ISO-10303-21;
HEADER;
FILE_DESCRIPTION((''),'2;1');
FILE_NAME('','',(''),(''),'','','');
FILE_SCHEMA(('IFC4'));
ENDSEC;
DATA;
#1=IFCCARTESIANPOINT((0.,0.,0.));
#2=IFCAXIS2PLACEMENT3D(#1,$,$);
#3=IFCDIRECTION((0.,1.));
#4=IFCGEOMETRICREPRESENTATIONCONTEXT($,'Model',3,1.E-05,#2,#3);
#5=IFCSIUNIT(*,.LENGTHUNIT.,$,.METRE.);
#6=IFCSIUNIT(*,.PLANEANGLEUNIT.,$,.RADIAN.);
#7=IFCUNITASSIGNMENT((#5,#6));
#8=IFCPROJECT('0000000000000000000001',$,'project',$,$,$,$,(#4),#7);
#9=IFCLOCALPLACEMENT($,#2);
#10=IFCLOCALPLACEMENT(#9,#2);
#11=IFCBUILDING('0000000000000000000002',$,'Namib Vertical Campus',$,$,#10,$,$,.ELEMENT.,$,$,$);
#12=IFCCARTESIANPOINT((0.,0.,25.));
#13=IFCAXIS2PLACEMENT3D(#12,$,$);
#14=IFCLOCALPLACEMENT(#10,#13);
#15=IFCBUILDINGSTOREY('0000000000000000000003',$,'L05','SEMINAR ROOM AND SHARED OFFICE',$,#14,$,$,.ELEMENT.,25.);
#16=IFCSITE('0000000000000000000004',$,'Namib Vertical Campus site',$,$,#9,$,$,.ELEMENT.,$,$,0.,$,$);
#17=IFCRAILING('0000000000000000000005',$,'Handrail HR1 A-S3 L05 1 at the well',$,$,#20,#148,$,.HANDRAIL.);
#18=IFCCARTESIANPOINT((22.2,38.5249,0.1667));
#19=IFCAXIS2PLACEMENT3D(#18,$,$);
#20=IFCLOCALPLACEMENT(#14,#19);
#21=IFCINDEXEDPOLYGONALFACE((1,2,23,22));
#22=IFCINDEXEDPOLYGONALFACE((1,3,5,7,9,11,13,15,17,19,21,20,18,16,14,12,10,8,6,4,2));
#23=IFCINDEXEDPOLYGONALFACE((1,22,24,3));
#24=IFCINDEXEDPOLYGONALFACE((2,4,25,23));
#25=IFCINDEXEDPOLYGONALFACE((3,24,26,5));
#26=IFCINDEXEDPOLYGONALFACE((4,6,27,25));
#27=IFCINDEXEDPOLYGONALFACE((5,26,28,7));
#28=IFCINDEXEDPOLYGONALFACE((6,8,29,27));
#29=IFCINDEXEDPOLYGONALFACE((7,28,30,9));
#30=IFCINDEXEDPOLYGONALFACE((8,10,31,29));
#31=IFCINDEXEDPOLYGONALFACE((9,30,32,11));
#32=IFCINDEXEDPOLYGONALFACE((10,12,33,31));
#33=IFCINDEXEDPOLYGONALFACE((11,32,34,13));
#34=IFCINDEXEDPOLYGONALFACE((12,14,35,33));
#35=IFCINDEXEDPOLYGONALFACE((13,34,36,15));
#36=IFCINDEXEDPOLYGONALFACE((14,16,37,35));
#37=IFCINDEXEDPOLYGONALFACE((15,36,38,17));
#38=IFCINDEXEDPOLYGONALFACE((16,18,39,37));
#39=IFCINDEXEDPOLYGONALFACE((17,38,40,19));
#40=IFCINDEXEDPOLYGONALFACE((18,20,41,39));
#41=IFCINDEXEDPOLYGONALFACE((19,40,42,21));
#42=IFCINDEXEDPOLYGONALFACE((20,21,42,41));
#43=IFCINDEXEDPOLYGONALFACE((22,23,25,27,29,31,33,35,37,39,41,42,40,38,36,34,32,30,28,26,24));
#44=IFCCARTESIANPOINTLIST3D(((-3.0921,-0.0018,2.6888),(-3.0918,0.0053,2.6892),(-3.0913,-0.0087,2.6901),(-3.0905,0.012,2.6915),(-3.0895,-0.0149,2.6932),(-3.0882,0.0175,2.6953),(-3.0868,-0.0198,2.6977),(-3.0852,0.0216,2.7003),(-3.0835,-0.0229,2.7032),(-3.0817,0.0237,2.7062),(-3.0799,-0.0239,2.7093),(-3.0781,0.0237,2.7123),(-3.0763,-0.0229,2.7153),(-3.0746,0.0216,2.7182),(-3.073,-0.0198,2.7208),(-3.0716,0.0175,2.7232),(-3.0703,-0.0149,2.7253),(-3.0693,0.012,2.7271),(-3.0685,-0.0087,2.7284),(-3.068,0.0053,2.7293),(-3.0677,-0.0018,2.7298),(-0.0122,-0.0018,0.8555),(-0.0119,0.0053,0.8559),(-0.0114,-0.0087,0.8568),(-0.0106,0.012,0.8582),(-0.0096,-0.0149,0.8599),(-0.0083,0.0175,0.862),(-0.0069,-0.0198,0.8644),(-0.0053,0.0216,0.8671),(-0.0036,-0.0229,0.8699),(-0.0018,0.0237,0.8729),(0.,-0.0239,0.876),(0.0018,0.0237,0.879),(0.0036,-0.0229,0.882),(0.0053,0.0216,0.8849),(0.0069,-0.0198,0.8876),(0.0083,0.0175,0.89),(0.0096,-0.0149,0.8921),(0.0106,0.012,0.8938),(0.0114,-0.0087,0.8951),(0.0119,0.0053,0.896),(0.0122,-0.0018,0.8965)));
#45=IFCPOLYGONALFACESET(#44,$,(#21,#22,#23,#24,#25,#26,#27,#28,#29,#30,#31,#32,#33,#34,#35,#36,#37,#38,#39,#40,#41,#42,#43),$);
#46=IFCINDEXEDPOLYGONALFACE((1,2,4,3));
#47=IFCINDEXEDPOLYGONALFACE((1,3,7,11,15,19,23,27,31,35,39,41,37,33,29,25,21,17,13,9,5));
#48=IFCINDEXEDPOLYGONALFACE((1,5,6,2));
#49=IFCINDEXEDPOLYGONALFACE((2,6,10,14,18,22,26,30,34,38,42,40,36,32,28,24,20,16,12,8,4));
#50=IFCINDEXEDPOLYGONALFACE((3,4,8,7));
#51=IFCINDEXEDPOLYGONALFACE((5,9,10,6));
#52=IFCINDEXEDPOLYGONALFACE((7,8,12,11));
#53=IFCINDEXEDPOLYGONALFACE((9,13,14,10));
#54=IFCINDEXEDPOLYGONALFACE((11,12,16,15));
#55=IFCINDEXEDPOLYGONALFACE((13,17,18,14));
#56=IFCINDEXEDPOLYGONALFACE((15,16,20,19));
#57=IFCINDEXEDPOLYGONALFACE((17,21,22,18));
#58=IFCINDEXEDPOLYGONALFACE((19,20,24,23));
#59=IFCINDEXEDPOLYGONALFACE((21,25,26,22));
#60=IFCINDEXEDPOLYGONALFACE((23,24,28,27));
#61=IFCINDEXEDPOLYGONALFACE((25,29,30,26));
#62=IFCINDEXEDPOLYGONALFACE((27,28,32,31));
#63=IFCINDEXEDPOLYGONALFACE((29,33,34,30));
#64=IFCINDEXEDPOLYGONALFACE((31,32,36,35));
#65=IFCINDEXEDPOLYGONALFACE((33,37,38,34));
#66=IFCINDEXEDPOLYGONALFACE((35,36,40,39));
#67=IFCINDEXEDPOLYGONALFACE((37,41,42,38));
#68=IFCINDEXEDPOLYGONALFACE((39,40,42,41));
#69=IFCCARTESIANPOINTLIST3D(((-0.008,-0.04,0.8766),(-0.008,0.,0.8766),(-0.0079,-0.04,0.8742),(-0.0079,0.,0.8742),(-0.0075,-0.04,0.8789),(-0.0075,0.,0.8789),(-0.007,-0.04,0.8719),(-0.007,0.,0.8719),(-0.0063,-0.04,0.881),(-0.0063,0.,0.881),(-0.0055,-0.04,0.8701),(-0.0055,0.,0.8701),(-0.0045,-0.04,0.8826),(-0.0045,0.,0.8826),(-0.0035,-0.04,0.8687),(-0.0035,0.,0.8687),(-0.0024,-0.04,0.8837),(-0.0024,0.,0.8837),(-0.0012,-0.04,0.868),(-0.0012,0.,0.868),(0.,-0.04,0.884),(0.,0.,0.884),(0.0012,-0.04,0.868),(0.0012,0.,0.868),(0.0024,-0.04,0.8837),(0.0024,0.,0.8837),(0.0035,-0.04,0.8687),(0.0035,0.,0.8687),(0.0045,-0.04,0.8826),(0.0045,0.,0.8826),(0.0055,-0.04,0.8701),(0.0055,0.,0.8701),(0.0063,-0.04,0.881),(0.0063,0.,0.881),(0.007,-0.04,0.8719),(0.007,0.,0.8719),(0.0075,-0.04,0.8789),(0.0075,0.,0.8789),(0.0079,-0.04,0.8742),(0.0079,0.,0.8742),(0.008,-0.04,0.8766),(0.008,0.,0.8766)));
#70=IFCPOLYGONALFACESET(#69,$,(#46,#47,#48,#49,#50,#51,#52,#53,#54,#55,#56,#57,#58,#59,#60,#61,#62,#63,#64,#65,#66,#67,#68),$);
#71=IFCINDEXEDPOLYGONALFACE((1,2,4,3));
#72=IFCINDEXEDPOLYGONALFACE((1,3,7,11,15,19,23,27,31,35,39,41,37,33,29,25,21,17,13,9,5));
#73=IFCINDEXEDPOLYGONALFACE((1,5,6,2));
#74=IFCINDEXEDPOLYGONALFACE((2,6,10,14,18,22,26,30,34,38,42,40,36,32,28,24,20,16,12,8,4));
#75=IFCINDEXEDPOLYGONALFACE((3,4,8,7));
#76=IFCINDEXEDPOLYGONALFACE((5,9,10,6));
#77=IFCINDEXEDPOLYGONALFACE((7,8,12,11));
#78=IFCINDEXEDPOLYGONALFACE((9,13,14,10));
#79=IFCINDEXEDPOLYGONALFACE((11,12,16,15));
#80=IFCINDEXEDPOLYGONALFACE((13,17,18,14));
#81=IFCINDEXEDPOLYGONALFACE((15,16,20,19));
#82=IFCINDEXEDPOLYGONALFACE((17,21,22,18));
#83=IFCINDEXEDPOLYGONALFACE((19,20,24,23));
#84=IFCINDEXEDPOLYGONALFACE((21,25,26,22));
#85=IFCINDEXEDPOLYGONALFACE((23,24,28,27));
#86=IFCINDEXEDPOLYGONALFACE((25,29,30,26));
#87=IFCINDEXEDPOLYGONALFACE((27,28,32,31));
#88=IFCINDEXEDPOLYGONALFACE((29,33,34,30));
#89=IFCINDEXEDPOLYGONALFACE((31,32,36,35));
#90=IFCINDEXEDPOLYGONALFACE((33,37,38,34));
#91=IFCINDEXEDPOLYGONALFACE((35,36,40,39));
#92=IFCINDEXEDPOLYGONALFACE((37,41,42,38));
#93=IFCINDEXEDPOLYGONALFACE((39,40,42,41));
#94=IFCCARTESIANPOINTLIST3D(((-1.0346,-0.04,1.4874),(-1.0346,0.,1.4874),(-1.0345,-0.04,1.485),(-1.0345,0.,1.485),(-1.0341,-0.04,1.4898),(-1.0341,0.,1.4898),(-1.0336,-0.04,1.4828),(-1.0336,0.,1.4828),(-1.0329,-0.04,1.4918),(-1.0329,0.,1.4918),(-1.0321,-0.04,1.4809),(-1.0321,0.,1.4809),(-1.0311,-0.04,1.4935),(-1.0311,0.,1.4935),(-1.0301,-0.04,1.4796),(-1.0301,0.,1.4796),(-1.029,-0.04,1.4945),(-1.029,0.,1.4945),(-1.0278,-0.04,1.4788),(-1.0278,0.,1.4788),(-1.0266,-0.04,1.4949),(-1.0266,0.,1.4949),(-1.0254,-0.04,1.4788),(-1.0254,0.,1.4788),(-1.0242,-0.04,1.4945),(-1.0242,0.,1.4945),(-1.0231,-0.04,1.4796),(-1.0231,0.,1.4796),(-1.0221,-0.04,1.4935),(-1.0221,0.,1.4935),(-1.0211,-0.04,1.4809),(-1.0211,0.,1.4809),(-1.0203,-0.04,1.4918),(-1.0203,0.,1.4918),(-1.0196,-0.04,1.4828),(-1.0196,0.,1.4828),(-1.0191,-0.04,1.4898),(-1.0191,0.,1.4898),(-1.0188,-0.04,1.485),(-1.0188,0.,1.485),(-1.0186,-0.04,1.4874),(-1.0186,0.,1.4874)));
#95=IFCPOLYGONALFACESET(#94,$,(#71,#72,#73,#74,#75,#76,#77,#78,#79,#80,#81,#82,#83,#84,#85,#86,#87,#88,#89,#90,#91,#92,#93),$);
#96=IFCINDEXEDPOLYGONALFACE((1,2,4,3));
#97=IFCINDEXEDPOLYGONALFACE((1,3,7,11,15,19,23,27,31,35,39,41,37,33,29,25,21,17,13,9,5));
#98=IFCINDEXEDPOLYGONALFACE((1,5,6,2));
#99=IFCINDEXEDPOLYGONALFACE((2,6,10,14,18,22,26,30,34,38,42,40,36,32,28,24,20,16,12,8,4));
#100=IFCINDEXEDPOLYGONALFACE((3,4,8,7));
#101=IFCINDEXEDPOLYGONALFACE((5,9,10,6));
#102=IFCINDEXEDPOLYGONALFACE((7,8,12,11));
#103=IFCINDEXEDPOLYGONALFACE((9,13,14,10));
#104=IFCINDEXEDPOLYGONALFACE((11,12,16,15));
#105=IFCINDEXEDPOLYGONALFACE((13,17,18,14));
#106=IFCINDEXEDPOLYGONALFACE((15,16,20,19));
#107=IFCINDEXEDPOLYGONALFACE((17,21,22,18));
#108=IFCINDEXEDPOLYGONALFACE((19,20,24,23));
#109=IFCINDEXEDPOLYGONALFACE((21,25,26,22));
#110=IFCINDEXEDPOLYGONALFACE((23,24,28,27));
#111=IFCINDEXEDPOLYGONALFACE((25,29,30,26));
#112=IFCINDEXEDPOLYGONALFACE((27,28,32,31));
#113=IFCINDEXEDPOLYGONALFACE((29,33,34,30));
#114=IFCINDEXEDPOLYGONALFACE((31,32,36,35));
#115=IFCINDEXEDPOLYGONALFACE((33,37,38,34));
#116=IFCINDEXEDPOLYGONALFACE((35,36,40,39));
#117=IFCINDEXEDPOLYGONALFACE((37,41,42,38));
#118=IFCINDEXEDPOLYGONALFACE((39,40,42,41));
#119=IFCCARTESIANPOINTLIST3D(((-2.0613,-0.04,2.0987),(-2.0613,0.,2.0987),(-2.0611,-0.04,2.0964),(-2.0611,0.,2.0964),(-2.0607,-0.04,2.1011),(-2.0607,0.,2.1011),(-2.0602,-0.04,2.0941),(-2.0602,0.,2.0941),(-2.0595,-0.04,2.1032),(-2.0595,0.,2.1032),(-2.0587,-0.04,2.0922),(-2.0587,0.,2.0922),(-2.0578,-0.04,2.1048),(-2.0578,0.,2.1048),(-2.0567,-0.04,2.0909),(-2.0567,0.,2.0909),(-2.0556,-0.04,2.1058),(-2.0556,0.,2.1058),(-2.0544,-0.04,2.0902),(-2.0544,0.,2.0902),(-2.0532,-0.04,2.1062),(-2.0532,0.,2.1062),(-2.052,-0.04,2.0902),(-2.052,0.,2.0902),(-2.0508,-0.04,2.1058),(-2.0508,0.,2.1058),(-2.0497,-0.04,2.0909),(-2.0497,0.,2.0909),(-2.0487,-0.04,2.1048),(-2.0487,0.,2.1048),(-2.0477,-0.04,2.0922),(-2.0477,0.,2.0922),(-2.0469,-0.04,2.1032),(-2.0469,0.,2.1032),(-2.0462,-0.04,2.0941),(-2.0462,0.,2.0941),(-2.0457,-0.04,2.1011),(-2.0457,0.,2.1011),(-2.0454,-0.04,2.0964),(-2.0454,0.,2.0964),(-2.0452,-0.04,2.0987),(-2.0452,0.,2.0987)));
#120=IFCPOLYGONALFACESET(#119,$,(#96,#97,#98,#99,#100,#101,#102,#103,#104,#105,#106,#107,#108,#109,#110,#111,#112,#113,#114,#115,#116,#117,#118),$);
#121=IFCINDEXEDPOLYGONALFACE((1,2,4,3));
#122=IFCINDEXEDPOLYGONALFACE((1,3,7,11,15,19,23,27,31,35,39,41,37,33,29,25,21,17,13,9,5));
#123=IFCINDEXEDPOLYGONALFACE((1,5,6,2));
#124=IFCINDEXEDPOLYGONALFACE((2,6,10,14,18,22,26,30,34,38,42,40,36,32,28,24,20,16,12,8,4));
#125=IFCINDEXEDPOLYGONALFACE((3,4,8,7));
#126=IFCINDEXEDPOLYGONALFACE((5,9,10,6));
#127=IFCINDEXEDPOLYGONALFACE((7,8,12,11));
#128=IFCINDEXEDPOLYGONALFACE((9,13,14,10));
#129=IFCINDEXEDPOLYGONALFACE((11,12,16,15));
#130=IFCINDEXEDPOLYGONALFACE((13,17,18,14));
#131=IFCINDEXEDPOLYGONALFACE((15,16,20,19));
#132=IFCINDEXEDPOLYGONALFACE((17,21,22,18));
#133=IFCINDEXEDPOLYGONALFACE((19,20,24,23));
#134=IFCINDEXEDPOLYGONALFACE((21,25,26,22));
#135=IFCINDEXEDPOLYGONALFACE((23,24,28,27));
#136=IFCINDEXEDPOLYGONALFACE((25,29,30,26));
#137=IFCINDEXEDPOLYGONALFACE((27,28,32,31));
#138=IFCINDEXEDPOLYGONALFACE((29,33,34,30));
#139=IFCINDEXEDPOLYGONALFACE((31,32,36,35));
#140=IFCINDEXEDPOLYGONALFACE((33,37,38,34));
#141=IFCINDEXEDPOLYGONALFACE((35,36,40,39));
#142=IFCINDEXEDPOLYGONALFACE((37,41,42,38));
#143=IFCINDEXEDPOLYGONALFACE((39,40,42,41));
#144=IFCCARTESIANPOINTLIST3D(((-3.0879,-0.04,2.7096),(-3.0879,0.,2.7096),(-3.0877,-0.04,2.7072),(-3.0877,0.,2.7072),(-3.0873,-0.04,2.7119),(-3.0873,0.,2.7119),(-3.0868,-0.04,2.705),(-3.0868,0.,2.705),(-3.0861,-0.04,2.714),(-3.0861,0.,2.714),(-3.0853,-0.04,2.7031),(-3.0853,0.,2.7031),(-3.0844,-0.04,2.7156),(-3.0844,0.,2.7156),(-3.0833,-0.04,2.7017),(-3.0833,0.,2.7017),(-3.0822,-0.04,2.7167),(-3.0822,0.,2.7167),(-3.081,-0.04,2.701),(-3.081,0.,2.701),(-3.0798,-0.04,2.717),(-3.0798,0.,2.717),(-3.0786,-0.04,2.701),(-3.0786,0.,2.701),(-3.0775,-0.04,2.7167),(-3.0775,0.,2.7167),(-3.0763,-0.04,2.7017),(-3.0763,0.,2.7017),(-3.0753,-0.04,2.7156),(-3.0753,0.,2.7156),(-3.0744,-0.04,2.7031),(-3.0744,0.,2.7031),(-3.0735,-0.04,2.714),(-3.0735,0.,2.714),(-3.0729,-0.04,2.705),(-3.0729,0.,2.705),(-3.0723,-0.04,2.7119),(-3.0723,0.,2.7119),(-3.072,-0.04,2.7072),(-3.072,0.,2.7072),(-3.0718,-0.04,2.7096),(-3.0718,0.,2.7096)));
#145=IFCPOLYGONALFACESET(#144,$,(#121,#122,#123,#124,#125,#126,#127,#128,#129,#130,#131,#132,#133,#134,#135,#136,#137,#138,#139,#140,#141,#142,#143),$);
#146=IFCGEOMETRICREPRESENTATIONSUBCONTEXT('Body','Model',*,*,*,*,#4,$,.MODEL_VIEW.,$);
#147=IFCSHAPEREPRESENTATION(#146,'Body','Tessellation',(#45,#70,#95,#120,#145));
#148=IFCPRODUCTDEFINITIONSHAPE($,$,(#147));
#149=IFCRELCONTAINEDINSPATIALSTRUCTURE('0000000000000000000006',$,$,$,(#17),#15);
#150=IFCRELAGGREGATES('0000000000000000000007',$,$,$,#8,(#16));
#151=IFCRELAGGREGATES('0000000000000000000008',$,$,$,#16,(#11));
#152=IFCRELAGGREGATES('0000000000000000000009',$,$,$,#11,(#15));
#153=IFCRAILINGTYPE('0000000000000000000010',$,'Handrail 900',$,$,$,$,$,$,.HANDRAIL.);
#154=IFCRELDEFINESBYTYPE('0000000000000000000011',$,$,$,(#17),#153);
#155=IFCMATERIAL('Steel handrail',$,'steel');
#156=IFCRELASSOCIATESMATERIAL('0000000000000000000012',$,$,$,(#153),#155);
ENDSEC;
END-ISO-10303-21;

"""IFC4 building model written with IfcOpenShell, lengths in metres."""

from ifc_helpers import new_model, si_unit, direction, frame, origin, origin_2d, place, context, subcontext, project, spatial, circle, extrude, material, type_object, element, save


model = new_model("IFC4")

# Units and contexts
model_context = context("Model", 3, precision=1e-05, world=origin(), true_north=direction((0.0, 1.0)))
body_context = subcontext(model_context, "Body", "Model", "MODEL_VIEW")
ifc_project = project(units=[si_unit("LENGTHUNIT", "METRE"), si_unit("PLANEANGLEUNIT", "RADIAN")], contexts=[model_context])

# Site, building, storey
site_placement = place(None, origin())
site = spatial("IfcSite", under=ifc_project, at=site_placement, Name="Namib Vertical Campus site", CompositionType="ELEMENT", RefElevation=0.0)
building_placement = place(site_placement, origin())
building = spatial("IfcBuilding", under=site, at=building_placement, Name="Namib Vertical Campus", CompositionType="ELEMENT")
storey_placement = place(building_placement, frame((0.0, 0.0, 25.0)))
storey = spatial("IfcBuildingStorey", under=building, at=storey_placement, Name="L05", Description="SEMINAR ROOM AND SHARED OFFICE", CompositionType="ELEMENT", Elevation=25.0)

# Railing
ifc_material_1 = material(Name="Steel handrail", Category="steel")
railing_type_1 = type_object("IfcRailingType", Name="Handrail 900", PredefinedType="HANDRAIL", material=ifc_material_1)
railing_1_placement = place(storey_placement, frame((22.2, 38.5249, 0.1667)))
element("IfcRailing", 1, at=railing_1_placement, inside=storey, type_object=railing_type_1, Name="Handrail HR1 A-S3 L05 1 at the well", PredefinedType="HANDRAIL", context=body_context, shape_type="SweptSolid", body=[
    extrude(circle(Radius=0.0239, at=origin_2d()), frame((0.0, 0.0, 0.876), z_axis=(-0.859291, 0.0, 0.511487), x_axis=(0.0, -1.0, 0.0)), (0.0, 0.0, 1.0), 3.5842),
    extrude(circle(Radius=0.0081, at=origin_2d()), frame((0.0, 0.0, 0.876), z_axis=(0.0, -1.0, 0.0), x_axis=(0.0, 0.0, 1.0)), (0.0, 0.0, 1.0), 0.04),
    extrude(circle(Radius=0.0081, at=origin_2d()), frame((-1.0266, 0.0, 1.4868), z_axis=(0.0, -1.0, 0.0), x_axis=(0.0, 0.0, 1.0)), (0.0, 0.0, 1.0), 0.04),
    extrude(circle(Radius=0.0081, at=origin_2d()), frame((-2.0532, 0.0, 2.0981), z_axis=(0.0, -1.0, 0.0), x_axis=(0.0, 0.0, 1.0)), (0.0, 0.0, 1.0), 0.04),
    extrude(circle(Radius=0.0081, at=origin_2d()), frame((-3.0798, 0.0, 2.709), z_axis=(0.0, -1.0, 0.0), x_axis=(0.0, 0.0, 1.0)), (0.0, 0.0, 1.0), 0.04),
])

save(model, "model.ifc")
